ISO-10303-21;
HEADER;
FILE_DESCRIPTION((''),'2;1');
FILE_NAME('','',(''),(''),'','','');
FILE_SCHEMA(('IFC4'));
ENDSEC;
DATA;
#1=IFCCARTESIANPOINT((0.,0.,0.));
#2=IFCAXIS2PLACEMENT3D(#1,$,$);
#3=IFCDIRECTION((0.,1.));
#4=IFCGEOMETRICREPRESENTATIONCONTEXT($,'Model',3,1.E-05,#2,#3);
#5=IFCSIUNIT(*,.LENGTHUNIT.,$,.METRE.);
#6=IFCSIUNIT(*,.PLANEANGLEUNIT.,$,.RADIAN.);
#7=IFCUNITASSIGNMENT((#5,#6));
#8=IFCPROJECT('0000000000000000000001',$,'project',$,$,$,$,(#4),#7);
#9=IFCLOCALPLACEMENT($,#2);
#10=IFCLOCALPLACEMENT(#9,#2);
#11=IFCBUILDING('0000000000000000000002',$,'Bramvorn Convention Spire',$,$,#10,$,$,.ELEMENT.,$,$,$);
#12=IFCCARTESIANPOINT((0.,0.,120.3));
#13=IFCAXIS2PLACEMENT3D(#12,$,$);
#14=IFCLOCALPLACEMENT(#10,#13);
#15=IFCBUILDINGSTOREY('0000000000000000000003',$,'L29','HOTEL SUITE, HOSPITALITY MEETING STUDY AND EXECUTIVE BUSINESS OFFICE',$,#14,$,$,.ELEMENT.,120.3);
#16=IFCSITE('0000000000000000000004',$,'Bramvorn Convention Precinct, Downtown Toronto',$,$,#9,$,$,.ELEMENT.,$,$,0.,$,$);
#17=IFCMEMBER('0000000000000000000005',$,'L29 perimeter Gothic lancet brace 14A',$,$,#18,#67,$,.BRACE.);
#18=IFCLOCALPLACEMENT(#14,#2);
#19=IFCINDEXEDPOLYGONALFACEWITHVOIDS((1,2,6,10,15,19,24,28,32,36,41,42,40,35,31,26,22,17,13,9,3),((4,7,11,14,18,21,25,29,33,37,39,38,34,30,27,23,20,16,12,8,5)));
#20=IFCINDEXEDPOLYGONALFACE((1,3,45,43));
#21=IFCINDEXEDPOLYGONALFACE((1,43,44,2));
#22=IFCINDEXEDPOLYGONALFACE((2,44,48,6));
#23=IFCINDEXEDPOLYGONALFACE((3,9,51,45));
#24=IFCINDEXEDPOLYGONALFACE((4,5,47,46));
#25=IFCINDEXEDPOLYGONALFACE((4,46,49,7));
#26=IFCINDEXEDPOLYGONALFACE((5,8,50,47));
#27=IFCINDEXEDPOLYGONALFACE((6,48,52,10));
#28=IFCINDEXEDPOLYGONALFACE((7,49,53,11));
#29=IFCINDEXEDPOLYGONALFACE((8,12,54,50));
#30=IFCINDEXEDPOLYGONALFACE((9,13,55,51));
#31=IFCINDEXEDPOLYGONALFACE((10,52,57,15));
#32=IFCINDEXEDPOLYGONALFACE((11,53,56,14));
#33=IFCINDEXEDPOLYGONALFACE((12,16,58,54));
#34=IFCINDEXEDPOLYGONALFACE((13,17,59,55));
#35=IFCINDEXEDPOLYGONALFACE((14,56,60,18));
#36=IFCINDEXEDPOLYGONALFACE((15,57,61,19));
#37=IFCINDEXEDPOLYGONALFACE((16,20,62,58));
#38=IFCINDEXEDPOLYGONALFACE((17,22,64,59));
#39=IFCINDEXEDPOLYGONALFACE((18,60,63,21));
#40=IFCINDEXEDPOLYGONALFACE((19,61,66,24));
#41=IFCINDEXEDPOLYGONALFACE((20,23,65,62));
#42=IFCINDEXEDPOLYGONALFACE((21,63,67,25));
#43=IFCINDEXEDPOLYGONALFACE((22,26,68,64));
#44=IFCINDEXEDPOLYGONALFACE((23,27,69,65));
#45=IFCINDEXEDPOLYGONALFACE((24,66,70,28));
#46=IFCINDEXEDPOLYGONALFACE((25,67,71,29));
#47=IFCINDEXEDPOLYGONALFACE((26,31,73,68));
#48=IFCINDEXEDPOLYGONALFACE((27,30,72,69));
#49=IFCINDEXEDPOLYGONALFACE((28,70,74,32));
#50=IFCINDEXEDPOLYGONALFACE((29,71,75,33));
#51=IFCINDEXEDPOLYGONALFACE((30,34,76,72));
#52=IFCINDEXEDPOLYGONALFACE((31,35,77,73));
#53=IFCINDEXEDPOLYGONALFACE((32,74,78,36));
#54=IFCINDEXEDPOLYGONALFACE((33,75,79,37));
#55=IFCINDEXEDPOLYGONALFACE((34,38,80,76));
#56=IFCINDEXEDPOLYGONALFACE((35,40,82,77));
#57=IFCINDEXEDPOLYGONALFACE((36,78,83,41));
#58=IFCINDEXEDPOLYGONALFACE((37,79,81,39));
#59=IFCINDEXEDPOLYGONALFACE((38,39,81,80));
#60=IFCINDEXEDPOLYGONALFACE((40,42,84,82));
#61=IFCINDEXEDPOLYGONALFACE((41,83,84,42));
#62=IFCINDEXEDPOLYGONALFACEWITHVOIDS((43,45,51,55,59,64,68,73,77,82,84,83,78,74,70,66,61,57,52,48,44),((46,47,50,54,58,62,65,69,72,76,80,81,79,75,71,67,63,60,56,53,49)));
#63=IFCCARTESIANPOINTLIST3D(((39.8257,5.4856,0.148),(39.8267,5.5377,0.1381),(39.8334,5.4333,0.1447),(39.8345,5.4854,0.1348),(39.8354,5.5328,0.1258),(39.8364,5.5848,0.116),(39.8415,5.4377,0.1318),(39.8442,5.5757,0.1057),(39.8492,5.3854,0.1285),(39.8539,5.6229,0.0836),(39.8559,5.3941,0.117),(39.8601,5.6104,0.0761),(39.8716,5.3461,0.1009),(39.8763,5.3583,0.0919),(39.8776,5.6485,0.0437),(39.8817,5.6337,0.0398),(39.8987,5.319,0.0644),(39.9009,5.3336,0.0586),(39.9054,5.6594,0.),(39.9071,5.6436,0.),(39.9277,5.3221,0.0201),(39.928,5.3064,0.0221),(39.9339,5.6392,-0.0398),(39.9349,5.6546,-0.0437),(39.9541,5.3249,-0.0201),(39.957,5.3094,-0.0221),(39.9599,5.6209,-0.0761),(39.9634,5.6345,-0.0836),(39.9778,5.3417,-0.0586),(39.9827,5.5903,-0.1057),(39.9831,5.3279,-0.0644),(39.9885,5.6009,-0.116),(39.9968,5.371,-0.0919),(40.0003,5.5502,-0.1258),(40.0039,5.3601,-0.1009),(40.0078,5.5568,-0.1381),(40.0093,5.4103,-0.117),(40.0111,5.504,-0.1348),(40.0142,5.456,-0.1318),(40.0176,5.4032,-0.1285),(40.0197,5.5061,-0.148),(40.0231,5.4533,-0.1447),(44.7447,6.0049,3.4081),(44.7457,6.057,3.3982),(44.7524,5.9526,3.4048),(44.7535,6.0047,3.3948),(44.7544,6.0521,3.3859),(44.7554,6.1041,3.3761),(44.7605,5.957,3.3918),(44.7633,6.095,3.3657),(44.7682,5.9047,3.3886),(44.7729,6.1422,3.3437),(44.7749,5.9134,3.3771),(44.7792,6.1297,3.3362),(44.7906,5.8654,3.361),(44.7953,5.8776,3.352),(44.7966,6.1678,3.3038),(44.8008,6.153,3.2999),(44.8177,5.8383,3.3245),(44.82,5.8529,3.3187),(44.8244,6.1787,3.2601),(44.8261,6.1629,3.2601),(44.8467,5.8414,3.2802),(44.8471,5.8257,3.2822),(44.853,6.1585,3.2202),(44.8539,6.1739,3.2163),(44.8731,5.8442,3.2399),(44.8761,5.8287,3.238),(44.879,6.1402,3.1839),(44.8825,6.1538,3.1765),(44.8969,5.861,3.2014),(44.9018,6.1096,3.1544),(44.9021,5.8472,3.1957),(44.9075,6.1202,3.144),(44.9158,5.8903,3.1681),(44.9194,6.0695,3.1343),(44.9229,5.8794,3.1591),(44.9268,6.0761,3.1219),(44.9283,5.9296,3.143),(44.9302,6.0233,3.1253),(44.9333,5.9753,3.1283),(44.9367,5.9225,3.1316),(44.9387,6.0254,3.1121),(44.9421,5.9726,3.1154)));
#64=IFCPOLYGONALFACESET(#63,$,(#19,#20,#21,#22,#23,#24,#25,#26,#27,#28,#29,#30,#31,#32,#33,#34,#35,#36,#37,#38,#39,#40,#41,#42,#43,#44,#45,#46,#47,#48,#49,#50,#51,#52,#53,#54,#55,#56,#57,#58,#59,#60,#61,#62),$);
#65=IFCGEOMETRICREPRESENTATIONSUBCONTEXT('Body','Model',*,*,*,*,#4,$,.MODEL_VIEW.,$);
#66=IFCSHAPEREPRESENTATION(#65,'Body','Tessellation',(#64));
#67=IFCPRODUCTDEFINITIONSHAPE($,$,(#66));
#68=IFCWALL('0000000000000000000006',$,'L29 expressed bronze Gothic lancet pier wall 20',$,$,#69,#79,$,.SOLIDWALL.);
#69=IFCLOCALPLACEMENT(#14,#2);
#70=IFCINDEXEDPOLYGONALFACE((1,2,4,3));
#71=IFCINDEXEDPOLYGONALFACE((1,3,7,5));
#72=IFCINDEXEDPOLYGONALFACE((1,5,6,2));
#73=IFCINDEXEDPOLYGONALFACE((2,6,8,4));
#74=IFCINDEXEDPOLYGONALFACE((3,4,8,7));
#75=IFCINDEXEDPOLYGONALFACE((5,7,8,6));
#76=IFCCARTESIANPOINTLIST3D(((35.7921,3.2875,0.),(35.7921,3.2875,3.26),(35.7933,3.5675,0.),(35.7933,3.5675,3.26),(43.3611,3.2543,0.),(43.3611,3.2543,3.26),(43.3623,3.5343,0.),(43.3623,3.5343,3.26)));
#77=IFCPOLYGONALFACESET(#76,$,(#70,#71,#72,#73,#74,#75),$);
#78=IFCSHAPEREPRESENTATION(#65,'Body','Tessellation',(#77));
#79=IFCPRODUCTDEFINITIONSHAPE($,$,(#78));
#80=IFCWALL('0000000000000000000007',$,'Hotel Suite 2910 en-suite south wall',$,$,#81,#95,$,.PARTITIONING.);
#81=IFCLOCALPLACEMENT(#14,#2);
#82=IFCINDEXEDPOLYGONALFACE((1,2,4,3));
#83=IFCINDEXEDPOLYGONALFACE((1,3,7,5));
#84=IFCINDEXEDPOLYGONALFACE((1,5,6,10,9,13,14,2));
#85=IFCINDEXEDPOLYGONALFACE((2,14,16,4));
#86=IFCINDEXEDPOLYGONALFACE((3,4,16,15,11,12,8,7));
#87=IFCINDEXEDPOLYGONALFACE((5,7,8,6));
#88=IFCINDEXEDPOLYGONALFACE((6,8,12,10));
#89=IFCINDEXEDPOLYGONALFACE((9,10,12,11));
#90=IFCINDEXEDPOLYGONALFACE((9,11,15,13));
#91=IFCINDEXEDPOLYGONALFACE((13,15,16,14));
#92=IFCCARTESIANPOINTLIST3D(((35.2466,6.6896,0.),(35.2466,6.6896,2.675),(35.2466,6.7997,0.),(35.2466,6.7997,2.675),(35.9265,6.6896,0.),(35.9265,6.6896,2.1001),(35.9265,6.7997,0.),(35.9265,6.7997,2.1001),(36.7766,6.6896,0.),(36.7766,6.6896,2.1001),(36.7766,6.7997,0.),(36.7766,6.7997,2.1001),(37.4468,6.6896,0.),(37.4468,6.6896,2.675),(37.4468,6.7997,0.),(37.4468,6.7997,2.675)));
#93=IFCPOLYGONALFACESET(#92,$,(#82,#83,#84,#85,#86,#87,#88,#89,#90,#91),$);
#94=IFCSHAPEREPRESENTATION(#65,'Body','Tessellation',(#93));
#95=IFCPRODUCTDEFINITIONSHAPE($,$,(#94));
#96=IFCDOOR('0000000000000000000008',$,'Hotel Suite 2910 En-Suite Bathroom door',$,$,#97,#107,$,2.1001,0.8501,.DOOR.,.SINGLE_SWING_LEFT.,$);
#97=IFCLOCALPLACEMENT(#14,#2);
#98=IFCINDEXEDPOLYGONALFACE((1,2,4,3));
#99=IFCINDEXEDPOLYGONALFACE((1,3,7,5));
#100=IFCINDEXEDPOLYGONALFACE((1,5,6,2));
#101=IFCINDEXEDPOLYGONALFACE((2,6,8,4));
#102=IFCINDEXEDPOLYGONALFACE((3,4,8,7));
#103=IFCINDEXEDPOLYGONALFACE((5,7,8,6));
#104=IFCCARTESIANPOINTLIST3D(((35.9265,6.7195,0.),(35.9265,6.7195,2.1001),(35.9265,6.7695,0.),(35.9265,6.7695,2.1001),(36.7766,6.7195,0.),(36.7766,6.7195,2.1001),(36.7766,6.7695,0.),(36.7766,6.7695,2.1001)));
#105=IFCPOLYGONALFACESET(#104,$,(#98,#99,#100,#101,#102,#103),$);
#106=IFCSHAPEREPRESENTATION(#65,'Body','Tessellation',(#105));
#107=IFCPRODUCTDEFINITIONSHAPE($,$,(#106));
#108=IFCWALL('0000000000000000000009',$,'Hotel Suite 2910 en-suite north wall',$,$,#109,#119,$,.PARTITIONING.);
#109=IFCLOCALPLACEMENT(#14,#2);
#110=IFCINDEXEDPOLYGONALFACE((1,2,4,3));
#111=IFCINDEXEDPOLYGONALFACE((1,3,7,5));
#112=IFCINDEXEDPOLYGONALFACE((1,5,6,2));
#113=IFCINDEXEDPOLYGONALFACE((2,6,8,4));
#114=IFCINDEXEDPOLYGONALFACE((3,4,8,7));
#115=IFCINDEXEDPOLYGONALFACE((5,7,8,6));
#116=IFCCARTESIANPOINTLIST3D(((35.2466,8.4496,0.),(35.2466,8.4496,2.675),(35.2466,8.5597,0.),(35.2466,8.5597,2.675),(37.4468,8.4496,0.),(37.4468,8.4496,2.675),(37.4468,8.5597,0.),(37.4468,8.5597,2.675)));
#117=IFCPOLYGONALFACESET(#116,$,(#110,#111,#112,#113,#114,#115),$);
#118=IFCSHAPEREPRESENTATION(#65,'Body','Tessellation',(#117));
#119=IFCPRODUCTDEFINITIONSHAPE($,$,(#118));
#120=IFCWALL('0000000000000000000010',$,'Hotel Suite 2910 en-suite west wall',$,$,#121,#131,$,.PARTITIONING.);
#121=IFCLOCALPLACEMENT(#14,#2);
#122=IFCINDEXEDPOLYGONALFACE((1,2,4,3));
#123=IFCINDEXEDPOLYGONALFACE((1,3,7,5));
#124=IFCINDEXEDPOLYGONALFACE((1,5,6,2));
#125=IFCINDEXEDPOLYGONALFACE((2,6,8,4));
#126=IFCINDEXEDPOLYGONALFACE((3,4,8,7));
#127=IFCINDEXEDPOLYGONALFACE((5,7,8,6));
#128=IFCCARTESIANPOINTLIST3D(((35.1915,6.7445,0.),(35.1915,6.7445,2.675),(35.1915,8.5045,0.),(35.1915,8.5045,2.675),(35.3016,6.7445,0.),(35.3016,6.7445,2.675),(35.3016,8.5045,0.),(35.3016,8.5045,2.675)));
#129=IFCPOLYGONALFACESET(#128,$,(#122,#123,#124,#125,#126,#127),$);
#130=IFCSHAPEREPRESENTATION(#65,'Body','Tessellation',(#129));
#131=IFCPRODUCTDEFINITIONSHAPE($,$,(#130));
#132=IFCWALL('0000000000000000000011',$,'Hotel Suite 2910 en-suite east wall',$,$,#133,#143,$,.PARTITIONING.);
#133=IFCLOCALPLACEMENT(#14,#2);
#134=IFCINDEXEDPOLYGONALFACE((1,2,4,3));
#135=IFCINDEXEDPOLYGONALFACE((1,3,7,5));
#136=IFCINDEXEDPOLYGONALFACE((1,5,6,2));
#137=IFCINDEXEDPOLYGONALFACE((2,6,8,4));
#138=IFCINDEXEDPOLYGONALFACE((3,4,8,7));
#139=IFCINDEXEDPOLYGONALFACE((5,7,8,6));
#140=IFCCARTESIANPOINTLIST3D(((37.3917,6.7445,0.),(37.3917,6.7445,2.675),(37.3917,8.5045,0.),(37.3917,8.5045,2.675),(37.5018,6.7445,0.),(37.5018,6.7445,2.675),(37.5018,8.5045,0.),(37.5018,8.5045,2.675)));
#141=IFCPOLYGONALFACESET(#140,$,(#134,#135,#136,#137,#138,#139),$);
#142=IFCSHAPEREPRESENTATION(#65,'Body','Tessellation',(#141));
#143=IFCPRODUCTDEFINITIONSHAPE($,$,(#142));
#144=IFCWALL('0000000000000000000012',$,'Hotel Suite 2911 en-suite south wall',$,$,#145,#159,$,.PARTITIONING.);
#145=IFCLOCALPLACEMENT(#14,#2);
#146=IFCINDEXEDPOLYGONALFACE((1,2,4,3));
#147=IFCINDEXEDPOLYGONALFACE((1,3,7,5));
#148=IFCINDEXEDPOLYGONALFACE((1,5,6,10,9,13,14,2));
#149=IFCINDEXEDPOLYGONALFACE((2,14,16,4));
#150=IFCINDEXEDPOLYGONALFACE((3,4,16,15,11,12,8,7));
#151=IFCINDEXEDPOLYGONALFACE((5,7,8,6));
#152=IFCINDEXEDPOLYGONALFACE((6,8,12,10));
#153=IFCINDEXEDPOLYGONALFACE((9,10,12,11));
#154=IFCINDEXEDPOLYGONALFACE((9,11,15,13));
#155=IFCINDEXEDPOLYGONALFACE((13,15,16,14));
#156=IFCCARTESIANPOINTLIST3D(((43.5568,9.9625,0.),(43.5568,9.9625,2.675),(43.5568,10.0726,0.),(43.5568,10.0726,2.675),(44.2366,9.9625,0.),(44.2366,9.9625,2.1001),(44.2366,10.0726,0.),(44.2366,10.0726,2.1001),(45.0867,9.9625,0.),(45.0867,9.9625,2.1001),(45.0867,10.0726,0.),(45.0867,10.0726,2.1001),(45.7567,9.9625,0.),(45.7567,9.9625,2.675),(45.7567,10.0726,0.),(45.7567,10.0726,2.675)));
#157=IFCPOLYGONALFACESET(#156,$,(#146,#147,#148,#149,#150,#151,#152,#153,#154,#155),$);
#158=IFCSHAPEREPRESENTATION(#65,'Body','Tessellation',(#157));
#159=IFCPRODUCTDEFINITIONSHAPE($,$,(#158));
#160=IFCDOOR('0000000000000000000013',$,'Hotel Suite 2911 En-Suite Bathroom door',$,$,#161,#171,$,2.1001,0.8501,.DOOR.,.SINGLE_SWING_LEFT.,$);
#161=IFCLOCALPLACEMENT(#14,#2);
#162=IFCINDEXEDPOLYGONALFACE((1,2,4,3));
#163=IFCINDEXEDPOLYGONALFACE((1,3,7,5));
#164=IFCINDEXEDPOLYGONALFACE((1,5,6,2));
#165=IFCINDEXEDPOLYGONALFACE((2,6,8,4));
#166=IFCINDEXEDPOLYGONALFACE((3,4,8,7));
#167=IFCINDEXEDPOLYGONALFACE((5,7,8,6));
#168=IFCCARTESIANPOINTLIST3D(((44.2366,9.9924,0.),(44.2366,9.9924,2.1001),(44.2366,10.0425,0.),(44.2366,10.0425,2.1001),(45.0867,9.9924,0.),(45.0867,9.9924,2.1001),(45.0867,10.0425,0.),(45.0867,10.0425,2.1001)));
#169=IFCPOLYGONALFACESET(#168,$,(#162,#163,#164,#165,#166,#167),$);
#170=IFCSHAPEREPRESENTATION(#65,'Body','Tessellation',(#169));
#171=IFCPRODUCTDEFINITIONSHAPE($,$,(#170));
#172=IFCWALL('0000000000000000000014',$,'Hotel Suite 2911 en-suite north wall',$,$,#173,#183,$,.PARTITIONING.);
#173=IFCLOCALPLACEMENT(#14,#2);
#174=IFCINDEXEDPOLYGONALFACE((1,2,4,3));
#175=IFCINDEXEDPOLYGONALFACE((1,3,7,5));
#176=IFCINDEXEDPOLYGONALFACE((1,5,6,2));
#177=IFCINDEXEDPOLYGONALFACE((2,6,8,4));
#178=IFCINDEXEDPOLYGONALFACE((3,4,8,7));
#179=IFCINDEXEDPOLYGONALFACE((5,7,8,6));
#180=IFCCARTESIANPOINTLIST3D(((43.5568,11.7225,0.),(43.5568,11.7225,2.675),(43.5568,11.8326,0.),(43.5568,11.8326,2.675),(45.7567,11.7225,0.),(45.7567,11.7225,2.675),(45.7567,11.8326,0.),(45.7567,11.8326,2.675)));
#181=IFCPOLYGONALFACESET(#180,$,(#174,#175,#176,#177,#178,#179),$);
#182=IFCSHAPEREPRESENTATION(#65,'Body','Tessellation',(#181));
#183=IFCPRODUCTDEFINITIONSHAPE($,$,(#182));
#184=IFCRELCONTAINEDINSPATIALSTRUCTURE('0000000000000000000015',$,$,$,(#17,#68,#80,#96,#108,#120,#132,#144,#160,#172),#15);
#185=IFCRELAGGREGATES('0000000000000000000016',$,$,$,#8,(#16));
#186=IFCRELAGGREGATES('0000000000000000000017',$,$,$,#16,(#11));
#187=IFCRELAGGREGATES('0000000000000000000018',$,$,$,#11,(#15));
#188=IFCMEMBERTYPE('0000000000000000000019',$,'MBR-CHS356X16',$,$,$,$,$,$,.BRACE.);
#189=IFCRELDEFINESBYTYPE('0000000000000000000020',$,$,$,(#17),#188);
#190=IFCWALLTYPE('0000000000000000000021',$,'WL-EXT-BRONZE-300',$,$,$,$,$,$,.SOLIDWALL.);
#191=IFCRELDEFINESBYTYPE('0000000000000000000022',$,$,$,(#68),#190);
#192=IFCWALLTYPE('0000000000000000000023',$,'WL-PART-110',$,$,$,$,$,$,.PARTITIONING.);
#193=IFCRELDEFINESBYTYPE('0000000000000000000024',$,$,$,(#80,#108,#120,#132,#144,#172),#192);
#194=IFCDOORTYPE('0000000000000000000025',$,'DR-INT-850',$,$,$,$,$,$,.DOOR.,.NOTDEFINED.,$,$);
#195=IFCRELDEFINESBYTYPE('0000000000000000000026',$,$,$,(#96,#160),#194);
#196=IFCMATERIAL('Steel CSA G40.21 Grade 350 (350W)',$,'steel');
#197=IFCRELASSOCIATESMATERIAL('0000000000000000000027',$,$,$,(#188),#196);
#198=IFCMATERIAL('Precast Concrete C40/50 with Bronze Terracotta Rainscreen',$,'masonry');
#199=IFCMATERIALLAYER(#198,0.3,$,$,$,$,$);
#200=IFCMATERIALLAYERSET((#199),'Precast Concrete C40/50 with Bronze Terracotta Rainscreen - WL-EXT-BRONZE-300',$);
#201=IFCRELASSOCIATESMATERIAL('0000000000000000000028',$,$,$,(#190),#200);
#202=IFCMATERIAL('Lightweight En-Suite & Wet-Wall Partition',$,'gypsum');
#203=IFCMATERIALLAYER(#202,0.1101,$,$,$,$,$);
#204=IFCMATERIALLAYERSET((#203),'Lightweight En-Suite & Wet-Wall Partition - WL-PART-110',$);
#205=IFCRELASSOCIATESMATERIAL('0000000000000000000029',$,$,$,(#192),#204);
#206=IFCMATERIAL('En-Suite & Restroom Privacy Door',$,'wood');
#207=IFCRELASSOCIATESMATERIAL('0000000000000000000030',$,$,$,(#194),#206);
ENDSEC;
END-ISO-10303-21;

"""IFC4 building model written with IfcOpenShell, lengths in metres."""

from ifc_helpers import new_model, si_unit, direction, frame, frame_2d, origin, origin_2d, place, context, subcontext, project, spatial, rectangle, hollow_circle, extrude, material, layer, layer_set, material_profile, profile_set, type_object, element, fill, save


model = new_model("IFC4")

# Units and contexts
model_context = context("Model", 3, precision=1e-05, world=origin(), true_north=direction((0.0, 1.0)))
body_context = subcontext(model_context, "Body", "Model", "MODEL_VIEW")
ifc_project = project(units=[si_unit("LENGTHUNIT", "METRE"), si_unit("PLANEANGLEUNIT", "RADIAN")], contexts=[model_context])

# Site, building, storey
site_placement = place(None, origin())
site = spatial("IfcSite", under=ifc_project, at=site_placement, Name="Bramvorn Convention Precinct, Downtown Toronto", CompositionType="ELEMENT", RefElevation=0.0)
building_placement = place(site_placement, origin())
building = spatial("IfcBuilding", under=site, at=building_placement, Name="Bramvorn Convention Spire", CompositionType="ELEMENT")
storey_placement = place(building_placement, frame((0.0, 0.0, 120.3)))
storey = spatial("IfcBuildingStorey", under=building, at=storey_placement, Name="L29", Description="HOTEL SUITE, HOSPITALITY MEETING STUDY AND EXECUTIVE BUSINESS OFFICE", CompositionType="ELEMENT", Elevation=120.3)

# Shared definitions
ifc_material_1 = material(Name="Steel CSA G40.21 Grade 350 (350W)", Category="steel")

# Member
ifc_material_profile_1 = material_profile(ifc_material_1, hollow_circle(Radius=0.1777, WallThickness=0.0159, at=origin_2d()))
ifc_profile_set_1 = profile_set([ifc_material_profile_1], Name="Steel CSA G40.21 Grade 350 (350W) - CHS356X16")
member_type_1 = type_object("IfcMemberType", Name="MBR-CHS356X16", PredefinedType="BRACE", material=ifc_profile_set_1)
member_1_placement = place(storey_placement, frame((39.9241, 5.4827, 0.0), z_axis=(0.830347, 0.087659, 0.550309), x_axis=(-0.104985, 0.994474, 0.0)))
element("IfcMember", 1, at=member_1_placement, inside=storey, type_object=member_type_1, Name="L29 perimeter Gothic lancet brace 14A", PredefinedType="BRACE", context=body_context, shape_type="SweptSolid", body=[
    extrude(hollow_circle(Radius=0.1777, WallThickness=0.0159, at=origin_2d()), origin(), (0.0, 0.0, 1.0), 5.9241),
])

# Wall
ifc_material_2 = material(Name="Precast Concrete C40/50 with Bronze Terracotta Rainscreen", Category="masonry")
ifc_layer_1 = layer(ifc_material_2, 0.3)
ifc_layer_set_1 = layer_set([ifc_layer_1], Name="Precast Concrete C40/50 with Bronze Terracotta Rainscreen - WL-EXT-BRONZE-300")
wall_type_1 = type_object("IfcWallType", Name="WL-EXT-BRONZE-300", PredefinedType="SOLIDWALL", material=ifc_layer_set_1)
wall_1_placement = place(storey_placement, frame((43.3618, 3.3943, 0.0), z_axis=(0.0, 0.0, 1.0), x_axis=(-0.99999, 0.004387, 0.0)))
element("IfcWall", 2, at=wall_1_placement, inside=storey, type_object=wall_type_1, Name="L29 expressed bronze Gothic lancet pier wall 20", PredefinedType="SOLIDWALL", context=body_context, shape_type="SweptSolid", body=[
    extrude(rectangle(XDim=7.5691, YDim=0.28, at=frame_2d((3.7847, 0.0))), origin(), (0.0, 0.0, 1.0), 3.26),
])

# Wall, opening, door
ifc_material_3 = material(Name="Lightweight En-Suite & Wet-Wall Partition", Category="gypsum")
ifc_layer_2 = layer(ifc_material_3, 0.1101)
ifc_layer_set_2 = layer_set([ifc_layer_2], Name="Lightweight En-Suite & Wet-Wall Partition - WL-PART-110")
wall_type_2 = type_object("IfcWallType", Name="WL-PART-110", PredefinedType="PARTITIONING", material=ifc_layer_set_2)
wall_2_placement = place(storey_placement, frame((35.2466, 6.7446, 0.0), z_axis=(0.0, 0.0, 1.0), x_axis=(1.0, 0.0, 0.0)))
wall_2 = element("IfcWall", 3, at=wall_2_placement, inside=storey, type_object=wall_type_2, Name="Hotel Suite 2910 en-suite south wall", PredefinedType="PARTITIONING", context=body_context, shape_type="SweptSolid", body=[
    extrude(rectangle(XDim=2.2002, YDim=0.1101, at=frame_2d((1.1001, 0.0))), origin(), (0.0, 0.0, 1.0), 2.675),
])
opening_1_placement = place(wall_2_placement, frame((0.6799, 0.0, 0.0)))
opening_1 = element("IfcOpeningElement", 4, at=opening_1_placement, cuts=wall_2, PredefinedType="OPENING", context=body_context, shape_type="SweptSolid", body=[
    extrude(rectangle(XDim=0.8501, YDim=2.1001, at=frame_2d((0.425, 1.05))), frame((0.0, 0.0649, 0.0), z_axis=(0.0, -1.0, 0.0), x_axis=(1.0, 0.0, 0.0)), (0.0, 0.0, 1.0), 0.1301),
])
ifc_material_4 = material(Name="En-Suite & Restroom Privacy Door", Category="wood")
door_type_1 = type_object("IfcDoorType", Name="DR-INT-850", OperationType="NOTDEFINED", PredefinedType="DOOR", material=ifc_material_4)
door_1_placement = place(opening_1_placement, origin())
door_1 = element("IfcDoor", 5, at=door_1_placement, inside=storey, type_object=door_type_1, Name="Hotel Suite 2910 En-Suite Bathroom door", OperationType="SINGLE_SWING_LEFT", OverallHeight=2.1001, OverallWidth=0.8501, PredefinedType="DOOR", context=body_context, shape_type="SweptSolid", body=[
    extrude(rectangle(XDim=0.8501, YDim=2.1001, at=frame_2d((0.425, 1.05))), frame((0.0, 0.0249, 0.0), z_axis=(0.0, -1.0, 0.0), x_axis=(1.0, 0.0, 0.0)), (0.0, 0.0, 1.0), 0.05),
])
fill(opening_1, door_1)

# Walls
wall_3_placement = place(storey_placement, frame((35.2466, 8.5046, 0.0), z_axis=(0.0, 0.0, 1.0), x_axis=(1.0, 0.0, 0.0)))
element("IfcWall", 6, at=wall_3_placement, inside=storey, type_object=wall_type_2, Name="Hotel Suite 2910 en-suite north wall", PredefinedType="PARTITIONING", context=body_context, shape_type="SweptSolid", body=[
    extrude(rectangle(XDim=2.2002, YDim=0.1101, at=frame_2d((1.1001, 0.0))), origin(), (0.0, 0.0, 1.0), 2.675),
])
for number, where, z_axis, x_axis, name in (
    (7, (35.2466, 6.7446, 0.0), (0.0, 0.0, 1.0), (0.0, 1.0, 0.0), "Hotel Suite 2910 en-suite west wall"),
    (8, (37.4468, 6.7446, 0.0), (0.0, 0.0, 1.0), (0.0, 1.0, 0.0), "Hotel Suite 2910 en-suite east wall"),
):
    element("IfcWall", number, at=place(storey_placement, frame(where, z_axis=z_axis, x_axis=x_axis)), inside=storey, type_object=wall_type_2, Name=name, PredefinedType="PARTITIONING", context=body_context, shape_type="SweptSolid", body=[
        extrude(rectangle(XDim=1.76, YDim=0.1101, at=frame_2d((0.8799, 0.0))), origin(), (0.0, 0.0, 1.0), 2.675),
    ])

# Wall, opening, door
wall_4_placement = place(storey_placement, frame((43.5566, 10.0176, 0.0), z_axis=(0.0, 0.0, 1.0), x_axis=(1.0, 0.0, 0.0)))
wall_4 = element("IfcWall", 9, at=wall_4_placement, inside=storey, type_object=wall_type_2, Name="Hotel Suite 2911 en-suite south wall", PredefinedType="PARTITIONING", context=body_context, shape_type="SweptSolid", body=[
    extrude(rectangle(XDim=2.2, YDim=0.1101, at=frame_2d((1.1001, 0.0))), origin(), (0.0, 0.0, 1.0), 2.675),
])
opening_2_placement = place(wall_4_placement, frame((0.6799, 0.0, 0.0)))
opening_2 = element("IfcOpeningElement", 10, at=opening_2_placement, cuts=wall_4, PredefinedType="OPENING", context=body_context, shape_type="SweptSolid", body=[
    extrude(rectangle(XDim=0.8501, YDim=2.1001, at=frame_2d((0.425, 1.05))), frame((0.0, 0.0649, 0.0), z_axis=(0.0, -1.0, 0.0), x_axis=(1.0, 0.0, 0.0)), (0.0, 0.0, 1.0), 0.1301),
])
door_2_placement = place(opening_2_placement, origin())
door_2 = element("IfcDoor", 11, at=door_2_placement, inside=storey, type_object=door_type_1, Name="Hotel Suite 2911 En-Suite Bathroom door", OperationType="SINGLE_SWING_LEFT", OverallHeight=2.1001, OverallWidth=0.8501, PredefinedType="DOOR", context=body_context, shape_type="SweptSolid", body=[
    extrude(rectangle(XDim=0.8501, YDim=2.1001, at=frame_2d((0.425, 1.05))), frame((0.0, 0.0249, 0.0), z_axis=(0.0, -1.0, 0.0), x_axis=(1.0, 0.0, 0.0)), (0.0, 0.0, 1.0), 0.05),
])
fill(opening_2, door_2)

# Wall
wall_5_placement = place(storey_placement, frame((43.5566, 11.7776, 0.0), z_axis=(0.0, 0.0, 1.0), x_axis=(1.0, 0.0, 0.0)))
element("IfcWall", 12, at=wall_5_placement, inside=storey, type_object=wall_type_2, Name="Hotel Suite 2911 en-suite north wall", PredefinedType="PARTITIONING", context=body_context, shape_type="SweptSolid", body=[
    extrude(rectangle(XDim=2.2, YDim=0.1101, at=frame_2d((1.1001, 0.0))), origin(), (0.0, 0.0, 1.0), 2.675),
])

save(model, "model.ifc")
